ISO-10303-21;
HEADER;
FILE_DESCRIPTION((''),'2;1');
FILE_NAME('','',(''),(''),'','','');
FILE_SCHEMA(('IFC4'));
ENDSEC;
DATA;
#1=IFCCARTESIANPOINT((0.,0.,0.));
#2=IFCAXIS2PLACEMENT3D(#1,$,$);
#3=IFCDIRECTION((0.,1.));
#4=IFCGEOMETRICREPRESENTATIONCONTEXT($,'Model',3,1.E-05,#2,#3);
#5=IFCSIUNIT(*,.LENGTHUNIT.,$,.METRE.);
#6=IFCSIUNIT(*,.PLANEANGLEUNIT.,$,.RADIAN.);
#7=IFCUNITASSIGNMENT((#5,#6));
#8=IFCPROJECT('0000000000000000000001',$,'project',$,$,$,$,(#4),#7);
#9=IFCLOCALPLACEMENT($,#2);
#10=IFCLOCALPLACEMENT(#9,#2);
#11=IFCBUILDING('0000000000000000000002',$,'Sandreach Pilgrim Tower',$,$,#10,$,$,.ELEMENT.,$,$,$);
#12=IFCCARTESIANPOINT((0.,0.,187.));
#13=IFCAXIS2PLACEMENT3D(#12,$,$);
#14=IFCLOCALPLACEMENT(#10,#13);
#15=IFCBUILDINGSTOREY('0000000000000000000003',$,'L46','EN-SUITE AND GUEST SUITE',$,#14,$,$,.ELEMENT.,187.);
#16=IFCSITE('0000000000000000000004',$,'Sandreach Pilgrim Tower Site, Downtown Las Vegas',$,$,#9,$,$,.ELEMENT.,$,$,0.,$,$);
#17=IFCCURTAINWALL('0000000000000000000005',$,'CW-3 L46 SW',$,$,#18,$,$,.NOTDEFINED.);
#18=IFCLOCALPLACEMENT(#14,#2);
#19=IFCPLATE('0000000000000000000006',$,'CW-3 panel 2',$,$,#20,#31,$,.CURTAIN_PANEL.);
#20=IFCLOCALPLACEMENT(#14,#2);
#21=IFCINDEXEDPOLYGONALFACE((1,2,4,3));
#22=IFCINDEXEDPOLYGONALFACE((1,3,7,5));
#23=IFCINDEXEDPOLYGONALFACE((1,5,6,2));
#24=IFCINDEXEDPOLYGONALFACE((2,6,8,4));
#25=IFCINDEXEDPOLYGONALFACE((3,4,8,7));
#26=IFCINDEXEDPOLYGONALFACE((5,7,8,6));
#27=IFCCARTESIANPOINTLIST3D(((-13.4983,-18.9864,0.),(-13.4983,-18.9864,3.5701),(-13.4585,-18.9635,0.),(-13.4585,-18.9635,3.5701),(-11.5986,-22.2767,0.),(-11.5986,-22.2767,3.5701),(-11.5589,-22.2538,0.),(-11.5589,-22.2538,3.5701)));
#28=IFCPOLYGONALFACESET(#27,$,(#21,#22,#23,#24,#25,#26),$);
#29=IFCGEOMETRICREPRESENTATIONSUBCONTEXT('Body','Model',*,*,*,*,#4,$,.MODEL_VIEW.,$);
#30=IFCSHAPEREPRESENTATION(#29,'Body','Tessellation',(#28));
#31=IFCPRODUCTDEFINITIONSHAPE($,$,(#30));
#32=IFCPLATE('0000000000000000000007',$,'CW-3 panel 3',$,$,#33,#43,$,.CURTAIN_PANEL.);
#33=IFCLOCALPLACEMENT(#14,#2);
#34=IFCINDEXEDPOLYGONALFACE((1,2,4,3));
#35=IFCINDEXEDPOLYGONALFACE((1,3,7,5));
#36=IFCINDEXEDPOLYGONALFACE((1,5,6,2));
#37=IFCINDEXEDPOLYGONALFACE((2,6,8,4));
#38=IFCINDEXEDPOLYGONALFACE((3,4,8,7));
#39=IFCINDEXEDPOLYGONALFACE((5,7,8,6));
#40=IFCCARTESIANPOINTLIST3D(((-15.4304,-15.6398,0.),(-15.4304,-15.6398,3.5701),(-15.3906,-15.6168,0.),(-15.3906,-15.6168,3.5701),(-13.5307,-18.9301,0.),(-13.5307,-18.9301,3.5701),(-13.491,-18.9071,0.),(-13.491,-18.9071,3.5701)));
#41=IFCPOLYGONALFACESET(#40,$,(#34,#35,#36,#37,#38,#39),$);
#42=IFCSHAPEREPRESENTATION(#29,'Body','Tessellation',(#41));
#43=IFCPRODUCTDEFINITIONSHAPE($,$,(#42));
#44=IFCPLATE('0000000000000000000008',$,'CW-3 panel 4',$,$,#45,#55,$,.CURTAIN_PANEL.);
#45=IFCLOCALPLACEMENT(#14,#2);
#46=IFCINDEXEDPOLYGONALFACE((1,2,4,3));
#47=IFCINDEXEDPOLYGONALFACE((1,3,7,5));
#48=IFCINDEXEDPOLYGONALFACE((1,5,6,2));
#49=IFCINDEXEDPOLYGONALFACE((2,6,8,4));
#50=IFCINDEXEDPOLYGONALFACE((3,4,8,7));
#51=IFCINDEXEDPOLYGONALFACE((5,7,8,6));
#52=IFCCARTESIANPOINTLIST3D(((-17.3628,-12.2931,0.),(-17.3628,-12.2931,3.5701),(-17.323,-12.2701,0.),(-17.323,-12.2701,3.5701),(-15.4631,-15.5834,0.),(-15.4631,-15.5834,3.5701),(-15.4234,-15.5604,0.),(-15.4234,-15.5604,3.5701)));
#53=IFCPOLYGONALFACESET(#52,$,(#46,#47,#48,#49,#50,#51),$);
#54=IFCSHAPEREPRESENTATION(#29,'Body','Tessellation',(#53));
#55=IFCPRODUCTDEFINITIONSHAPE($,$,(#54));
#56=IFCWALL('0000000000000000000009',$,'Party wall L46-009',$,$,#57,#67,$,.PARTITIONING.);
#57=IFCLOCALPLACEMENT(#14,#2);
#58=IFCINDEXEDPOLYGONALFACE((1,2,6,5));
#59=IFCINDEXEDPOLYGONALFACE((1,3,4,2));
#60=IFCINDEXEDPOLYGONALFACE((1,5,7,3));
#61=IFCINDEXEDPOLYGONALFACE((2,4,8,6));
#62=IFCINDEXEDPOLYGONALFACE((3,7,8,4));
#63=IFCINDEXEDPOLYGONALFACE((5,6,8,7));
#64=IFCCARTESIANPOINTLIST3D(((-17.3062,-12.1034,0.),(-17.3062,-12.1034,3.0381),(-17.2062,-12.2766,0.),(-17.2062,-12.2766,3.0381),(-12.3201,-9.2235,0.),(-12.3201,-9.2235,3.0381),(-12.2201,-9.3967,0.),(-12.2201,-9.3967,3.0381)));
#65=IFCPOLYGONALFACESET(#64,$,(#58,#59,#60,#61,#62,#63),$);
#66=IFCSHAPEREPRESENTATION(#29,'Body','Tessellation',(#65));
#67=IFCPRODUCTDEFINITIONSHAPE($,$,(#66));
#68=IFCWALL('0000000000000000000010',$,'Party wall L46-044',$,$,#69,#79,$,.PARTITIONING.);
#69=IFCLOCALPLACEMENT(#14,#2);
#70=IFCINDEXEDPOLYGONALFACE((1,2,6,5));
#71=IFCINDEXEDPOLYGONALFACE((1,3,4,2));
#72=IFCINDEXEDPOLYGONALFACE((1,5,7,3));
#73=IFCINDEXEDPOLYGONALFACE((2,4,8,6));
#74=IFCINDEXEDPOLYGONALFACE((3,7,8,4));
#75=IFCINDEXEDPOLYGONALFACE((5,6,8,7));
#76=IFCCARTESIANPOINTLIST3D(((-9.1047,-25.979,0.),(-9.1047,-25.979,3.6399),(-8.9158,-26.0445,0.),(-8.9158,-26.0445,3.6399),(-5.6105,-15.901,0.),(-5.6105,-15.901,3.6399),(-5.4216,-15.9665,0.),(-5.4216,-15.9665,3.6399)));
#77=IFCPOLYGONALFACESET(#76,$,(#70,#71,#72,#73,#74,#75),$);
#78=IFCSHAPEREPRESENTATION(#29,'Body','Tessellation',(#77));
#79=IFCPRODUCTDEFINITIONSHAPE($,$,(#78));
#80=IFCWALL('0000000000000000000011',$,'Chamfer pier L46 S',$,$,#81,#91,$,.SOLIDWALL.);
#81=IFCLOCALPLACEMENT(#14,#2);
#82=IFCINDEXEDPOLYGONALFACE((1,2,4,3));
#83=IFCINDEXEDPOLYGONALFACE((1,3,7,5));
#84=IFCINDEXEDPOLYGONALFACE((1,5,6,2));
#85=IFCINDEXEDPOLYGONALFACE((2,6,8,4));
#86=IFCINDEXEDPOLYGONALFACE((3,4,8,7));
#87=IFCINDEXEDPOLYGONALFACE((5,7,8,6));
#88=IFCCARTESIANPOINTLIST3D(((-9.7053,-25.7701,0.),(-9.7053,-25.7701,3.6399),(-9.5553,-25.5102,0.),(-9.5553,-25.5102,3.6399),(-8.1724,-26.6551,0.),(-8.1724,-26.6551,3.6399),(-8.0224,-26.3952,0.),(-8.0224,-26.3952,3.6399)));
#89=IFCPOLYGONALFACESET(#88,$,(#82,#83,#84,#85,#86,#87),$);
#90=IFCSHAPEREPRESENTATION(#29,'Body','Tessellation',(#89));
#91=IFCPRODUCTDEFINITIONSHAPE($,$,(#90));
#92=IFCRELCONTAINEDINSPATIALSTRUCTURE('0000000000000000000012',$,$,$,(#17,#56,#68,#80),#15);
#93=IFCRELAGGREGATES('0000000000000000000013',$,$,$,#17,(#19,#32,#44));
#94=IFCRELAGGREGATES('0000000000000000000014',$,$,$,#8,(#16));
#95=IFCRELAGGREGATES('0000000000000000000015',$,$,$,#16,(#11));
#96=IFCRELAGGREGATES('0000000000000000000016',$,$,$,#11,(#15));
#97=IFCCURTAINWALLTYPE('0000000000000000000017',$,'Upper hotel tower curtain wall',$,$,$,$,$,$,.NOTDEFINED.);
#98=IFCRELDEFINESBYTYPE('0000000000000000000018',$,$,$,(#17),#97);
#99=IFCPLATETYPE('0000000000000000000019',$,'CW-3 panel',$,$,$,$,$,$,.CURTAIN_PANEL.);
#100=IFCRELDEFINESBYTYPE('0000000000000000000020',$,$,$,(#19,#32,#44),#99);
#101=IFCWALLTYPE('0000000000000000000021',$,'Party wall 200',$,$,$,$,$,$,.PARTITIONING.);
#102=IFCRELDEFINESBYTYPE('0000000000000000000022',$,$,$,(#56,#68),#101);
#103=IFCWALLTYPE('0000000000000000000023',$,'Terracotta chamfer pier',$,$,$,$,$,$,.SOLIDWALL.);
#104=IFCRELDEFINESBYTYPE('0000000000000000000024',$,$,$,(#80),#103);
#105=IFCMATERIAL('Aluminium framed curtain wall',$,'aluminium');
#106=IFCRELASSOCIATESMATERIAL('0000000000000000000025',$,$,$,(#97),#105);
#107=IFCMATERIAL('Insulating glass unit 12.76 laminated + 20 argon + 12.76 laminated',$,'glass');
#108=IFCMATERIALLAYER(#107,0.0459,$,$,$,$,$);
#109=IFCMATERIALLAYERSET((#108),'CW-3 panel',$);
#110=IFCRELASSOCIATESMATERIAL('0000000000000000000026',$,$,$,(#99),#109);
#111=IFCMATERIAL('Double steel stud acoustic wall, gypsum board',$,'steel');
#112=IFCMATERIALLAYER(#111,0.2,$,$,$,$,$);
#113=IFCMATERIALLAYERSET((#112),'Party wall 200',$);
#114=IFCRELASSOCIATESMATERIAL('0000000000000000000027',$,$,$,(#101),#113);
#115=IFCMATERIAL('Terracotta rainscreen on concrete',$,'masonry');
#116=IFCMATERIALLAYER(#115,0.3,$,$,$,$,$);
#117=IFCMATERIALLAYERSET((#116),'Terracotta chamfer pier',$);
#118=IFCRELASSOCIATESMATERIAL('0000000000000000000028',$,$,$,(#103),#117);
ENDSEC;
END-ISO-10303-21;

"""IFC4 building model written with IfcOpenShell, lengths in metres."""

from ifc_helpers import new_model, si_unit, direction, frame, frame_2d, origin, origin_2d, place, context, subcontext, project, spatial, rectangle, extrude, material, layer, layer_set, type_object, element, aggregate, save


model = new_model("IFC4")

# Units and contexts
model_context = context("Model", 3, precision=1e-05, world=origin(), true_north=direction((0.0, 1.0)))
body_context = subcontext(model_context, "Body", "Model", "MODEL_VIEW")
ifc_project = project(units=[si_unit("LENGTHUNIT", "METRE"), si_unit("PLANEANGLEUNIT", "RADIAN")], contexts=[model_context])

# Site, building, storey
site_placement = place(None, origin())
site = spatial("IfcSite", under=ifc_project, at=site_placement, Name="Sandreach Pilgrim Tower Site, Downtown Las Vegas", CompositionType="ELEMENT", RefElevation=0.0)
building_placement = place(site_placement, origin())
building = spatial("IfcBuilding", under=site, at=building_placement, Name="Sandreach Pilgrim Tower", CompositionType="ELEMENT")
storey_placement = place(building_placement, frame((0.0, 0.0, 187.0)))
storey = spatial("IfcBuildingStorey", under=building, at=storey_placement, Name="L46", Description="EN-SUITE AND GUEST SUITE", CompositionType="ELEMENT", Elevation=187.0)

# Curtain wall
ifc_material_1 = material(Name="Aluminium framed curtain wall", Category="aluminium")
curtain_wall_type = type_object("IfcCurtainWallType", Name="Upper hotel tower curtain wall", PredefinedType="NOTDEFINED", material=ifc_material_1)
curtain_wall_placement = place(storey_placement, origin())
curtain_wall = element("IfcCurtainWall", 1, at=curtain_wall_placement, inside=storey, type_object=curtain_wall_type, Name="CW-3 L46 SW", PredefinedType="NOTDEFINED")

# Plates
ifc_material_2 = material(Name="Insulating glass unit 12.76 laminated + 20 argon + 12.76 laminated", Category="glass")
ifc_layer_1 = layer(ifc_material_2, 0.0459)
ifc_layer_set_1 = layer_set([ifc_layer_1], Name="CW-3 panel")
plate_type = type_object("IfcPlateType", Name="CW-3 panel", PredefinedType="CURTAIN_PANEL", material=ifc_layer_set_1)
plate_1_placement = place(storey_placement, frame((-12.5286, -20.6201, 0.0), z_axis=(0.0, 0.0, 1.0), x_axis=(-0.5, 0.866025, 0.0)))
plate_1 = element("IfcPlate", 2, at=plate_1_placement, type_object=plate_type, Name="CW-3 panel 2", PredefinedType="CURTAIN_PANEL", context=body_context, shape_type="SweptSolid", body=[
    extrude(rectangle(XDim=3.7993, YDim=0.0459, at=origin_2d()), origin(), (0.0, 0.0, 1.0), 3.5701),
])
plate_2_placement = place(storey_placement, frame((-14.4607, -17.2734, 0.0), z_axis=(0.0, 0.0, 1.0), x_axis=(-0.5, 0.866025, 0.0)))
plate_2 = element("IfcPlate", 3, at=plate_2_placement, type_object=plate_type, Name="CW-3 panel 3", PredefinedType="CURTAIN_PANEL", context=body_context, shape_type="SweptSolid", body=[
    extrude(rectangle(XDim=3.7993, YDim=0.0459, at=origin_2d()), origin(), (0.0, 0.0, 1.0), 3.5701),
])
plate_3_placement = place(storey_placement, frame((-16.3931, -13.9268, 0.0), z_axis=(0.0, 0.0, 1.0), x_axis=(-0.5, 0.866025, 0.0)))
plate_3 = element("IfcPlate", 4, at=plate_3_placement, type_object=plate_type, Name="CW-3 panel 4", PredefinedType="CURTAIN_PANEL", context=body_context, shape_type="SweptSolid", body=[
    extrude(rectangle(XDim=3.7993, YDim=0.0459, at=origin_2d()), origin(), (0.0, 0.0, 1.0), 3.5701),
])
aggregate(curtain_wall, [plate_1, plate_2, plate_3])

# Walls
ifc_material_3 = material(Name="Double steel stud acoustic wall, gypsum board", Category="steel")
ifc_layer_2 = layer(ifc_material_3, 0.2)
ifc_layer_set_2 = layer_set([ifc_layer_2], Name="Party wall 200")
wall_type_1 = type_object("IfcWallType", Name="Party wall 200", PredefinedType="PARTITIONING", material=ifc_layer_set_2)
wall_1_placement = place(storey_placement, frame((-17.2561, -12.1899, 0.0), z_axis=(0.0, 0.0, 1.0), x_axis=(0.865938, 0.500152, 0.0)))
element("IfcWall", 5, at=wall_1_placement, inside=storey, type_object=wall_type_1, Name="Party wall L46-009", PredefinedType="PARTITIONING", context=body_context, shape_type="SweptSolid", body=[
    extrude(rectangle(XDim=5.7581, YDim=0.2, at=frame_2d((2.8789, 0.0))), origin(), (0.0, 0.0, 1.0), 3.0381),
])
wall_2_placement = place(storey_placement, frame((-9.0103, -26.0117, 0.0), z_axis=(0.0, 0.0, 1.0), x_axis=(0.327583, 0.944822, 0.0)))
element("IfcWall", 6, at=wall_2_placement, inside=storey, type_object=wall_type_1, Name="Party wall L46-044", PredefinedType="PARTITIONING", context=body_context, shape_type="SweptSolid", body=[
    extrude(rectangle(XDim=10.6665, YDim=0.2, at=frame_2d((5.3333, 0.0))), origin(), (0.0, 0.0, 1.0), 3.6399),
])
ifc_material_4 = material(Name="Terracotta rainscreen on concrete", Category="masonry")
ifc_layer_3 = layer(ifc_material_4, 0.3)
ifc_layer_set_3 = layer_set([ifc_layer_3], Name="Terracotta chamfer pier")
wall_type_2 = type_object("IfcWallType", Name="Terracotta chamfer pier", PredefinedType="SOLIDWALL", material=ifc_layer_set_3)
wall_3_placement = place(storey_placement, frame((-8.0974, -26.5251, 0.0), z_axis=(0.0, 0.0, 1.0), x_axis=(-0.866036, 0.499981, 0.0)))
element("IfcWall", 7, at=wall_3_placement, inside=storey, type_object=wall_type_2, Name="Chamfer pier L46 S", PredefinedType="SOLIDWALL", context=body_context, shape_type="SweptSolid", body=[
    extrude(rectangle(XDim=1.77, YDim=0.3, at=frame_2d((0.885, 0.0))), origin(), (0.0, 0.0, 1.0), 3.6399),
])

save(model, "model.ifc")
